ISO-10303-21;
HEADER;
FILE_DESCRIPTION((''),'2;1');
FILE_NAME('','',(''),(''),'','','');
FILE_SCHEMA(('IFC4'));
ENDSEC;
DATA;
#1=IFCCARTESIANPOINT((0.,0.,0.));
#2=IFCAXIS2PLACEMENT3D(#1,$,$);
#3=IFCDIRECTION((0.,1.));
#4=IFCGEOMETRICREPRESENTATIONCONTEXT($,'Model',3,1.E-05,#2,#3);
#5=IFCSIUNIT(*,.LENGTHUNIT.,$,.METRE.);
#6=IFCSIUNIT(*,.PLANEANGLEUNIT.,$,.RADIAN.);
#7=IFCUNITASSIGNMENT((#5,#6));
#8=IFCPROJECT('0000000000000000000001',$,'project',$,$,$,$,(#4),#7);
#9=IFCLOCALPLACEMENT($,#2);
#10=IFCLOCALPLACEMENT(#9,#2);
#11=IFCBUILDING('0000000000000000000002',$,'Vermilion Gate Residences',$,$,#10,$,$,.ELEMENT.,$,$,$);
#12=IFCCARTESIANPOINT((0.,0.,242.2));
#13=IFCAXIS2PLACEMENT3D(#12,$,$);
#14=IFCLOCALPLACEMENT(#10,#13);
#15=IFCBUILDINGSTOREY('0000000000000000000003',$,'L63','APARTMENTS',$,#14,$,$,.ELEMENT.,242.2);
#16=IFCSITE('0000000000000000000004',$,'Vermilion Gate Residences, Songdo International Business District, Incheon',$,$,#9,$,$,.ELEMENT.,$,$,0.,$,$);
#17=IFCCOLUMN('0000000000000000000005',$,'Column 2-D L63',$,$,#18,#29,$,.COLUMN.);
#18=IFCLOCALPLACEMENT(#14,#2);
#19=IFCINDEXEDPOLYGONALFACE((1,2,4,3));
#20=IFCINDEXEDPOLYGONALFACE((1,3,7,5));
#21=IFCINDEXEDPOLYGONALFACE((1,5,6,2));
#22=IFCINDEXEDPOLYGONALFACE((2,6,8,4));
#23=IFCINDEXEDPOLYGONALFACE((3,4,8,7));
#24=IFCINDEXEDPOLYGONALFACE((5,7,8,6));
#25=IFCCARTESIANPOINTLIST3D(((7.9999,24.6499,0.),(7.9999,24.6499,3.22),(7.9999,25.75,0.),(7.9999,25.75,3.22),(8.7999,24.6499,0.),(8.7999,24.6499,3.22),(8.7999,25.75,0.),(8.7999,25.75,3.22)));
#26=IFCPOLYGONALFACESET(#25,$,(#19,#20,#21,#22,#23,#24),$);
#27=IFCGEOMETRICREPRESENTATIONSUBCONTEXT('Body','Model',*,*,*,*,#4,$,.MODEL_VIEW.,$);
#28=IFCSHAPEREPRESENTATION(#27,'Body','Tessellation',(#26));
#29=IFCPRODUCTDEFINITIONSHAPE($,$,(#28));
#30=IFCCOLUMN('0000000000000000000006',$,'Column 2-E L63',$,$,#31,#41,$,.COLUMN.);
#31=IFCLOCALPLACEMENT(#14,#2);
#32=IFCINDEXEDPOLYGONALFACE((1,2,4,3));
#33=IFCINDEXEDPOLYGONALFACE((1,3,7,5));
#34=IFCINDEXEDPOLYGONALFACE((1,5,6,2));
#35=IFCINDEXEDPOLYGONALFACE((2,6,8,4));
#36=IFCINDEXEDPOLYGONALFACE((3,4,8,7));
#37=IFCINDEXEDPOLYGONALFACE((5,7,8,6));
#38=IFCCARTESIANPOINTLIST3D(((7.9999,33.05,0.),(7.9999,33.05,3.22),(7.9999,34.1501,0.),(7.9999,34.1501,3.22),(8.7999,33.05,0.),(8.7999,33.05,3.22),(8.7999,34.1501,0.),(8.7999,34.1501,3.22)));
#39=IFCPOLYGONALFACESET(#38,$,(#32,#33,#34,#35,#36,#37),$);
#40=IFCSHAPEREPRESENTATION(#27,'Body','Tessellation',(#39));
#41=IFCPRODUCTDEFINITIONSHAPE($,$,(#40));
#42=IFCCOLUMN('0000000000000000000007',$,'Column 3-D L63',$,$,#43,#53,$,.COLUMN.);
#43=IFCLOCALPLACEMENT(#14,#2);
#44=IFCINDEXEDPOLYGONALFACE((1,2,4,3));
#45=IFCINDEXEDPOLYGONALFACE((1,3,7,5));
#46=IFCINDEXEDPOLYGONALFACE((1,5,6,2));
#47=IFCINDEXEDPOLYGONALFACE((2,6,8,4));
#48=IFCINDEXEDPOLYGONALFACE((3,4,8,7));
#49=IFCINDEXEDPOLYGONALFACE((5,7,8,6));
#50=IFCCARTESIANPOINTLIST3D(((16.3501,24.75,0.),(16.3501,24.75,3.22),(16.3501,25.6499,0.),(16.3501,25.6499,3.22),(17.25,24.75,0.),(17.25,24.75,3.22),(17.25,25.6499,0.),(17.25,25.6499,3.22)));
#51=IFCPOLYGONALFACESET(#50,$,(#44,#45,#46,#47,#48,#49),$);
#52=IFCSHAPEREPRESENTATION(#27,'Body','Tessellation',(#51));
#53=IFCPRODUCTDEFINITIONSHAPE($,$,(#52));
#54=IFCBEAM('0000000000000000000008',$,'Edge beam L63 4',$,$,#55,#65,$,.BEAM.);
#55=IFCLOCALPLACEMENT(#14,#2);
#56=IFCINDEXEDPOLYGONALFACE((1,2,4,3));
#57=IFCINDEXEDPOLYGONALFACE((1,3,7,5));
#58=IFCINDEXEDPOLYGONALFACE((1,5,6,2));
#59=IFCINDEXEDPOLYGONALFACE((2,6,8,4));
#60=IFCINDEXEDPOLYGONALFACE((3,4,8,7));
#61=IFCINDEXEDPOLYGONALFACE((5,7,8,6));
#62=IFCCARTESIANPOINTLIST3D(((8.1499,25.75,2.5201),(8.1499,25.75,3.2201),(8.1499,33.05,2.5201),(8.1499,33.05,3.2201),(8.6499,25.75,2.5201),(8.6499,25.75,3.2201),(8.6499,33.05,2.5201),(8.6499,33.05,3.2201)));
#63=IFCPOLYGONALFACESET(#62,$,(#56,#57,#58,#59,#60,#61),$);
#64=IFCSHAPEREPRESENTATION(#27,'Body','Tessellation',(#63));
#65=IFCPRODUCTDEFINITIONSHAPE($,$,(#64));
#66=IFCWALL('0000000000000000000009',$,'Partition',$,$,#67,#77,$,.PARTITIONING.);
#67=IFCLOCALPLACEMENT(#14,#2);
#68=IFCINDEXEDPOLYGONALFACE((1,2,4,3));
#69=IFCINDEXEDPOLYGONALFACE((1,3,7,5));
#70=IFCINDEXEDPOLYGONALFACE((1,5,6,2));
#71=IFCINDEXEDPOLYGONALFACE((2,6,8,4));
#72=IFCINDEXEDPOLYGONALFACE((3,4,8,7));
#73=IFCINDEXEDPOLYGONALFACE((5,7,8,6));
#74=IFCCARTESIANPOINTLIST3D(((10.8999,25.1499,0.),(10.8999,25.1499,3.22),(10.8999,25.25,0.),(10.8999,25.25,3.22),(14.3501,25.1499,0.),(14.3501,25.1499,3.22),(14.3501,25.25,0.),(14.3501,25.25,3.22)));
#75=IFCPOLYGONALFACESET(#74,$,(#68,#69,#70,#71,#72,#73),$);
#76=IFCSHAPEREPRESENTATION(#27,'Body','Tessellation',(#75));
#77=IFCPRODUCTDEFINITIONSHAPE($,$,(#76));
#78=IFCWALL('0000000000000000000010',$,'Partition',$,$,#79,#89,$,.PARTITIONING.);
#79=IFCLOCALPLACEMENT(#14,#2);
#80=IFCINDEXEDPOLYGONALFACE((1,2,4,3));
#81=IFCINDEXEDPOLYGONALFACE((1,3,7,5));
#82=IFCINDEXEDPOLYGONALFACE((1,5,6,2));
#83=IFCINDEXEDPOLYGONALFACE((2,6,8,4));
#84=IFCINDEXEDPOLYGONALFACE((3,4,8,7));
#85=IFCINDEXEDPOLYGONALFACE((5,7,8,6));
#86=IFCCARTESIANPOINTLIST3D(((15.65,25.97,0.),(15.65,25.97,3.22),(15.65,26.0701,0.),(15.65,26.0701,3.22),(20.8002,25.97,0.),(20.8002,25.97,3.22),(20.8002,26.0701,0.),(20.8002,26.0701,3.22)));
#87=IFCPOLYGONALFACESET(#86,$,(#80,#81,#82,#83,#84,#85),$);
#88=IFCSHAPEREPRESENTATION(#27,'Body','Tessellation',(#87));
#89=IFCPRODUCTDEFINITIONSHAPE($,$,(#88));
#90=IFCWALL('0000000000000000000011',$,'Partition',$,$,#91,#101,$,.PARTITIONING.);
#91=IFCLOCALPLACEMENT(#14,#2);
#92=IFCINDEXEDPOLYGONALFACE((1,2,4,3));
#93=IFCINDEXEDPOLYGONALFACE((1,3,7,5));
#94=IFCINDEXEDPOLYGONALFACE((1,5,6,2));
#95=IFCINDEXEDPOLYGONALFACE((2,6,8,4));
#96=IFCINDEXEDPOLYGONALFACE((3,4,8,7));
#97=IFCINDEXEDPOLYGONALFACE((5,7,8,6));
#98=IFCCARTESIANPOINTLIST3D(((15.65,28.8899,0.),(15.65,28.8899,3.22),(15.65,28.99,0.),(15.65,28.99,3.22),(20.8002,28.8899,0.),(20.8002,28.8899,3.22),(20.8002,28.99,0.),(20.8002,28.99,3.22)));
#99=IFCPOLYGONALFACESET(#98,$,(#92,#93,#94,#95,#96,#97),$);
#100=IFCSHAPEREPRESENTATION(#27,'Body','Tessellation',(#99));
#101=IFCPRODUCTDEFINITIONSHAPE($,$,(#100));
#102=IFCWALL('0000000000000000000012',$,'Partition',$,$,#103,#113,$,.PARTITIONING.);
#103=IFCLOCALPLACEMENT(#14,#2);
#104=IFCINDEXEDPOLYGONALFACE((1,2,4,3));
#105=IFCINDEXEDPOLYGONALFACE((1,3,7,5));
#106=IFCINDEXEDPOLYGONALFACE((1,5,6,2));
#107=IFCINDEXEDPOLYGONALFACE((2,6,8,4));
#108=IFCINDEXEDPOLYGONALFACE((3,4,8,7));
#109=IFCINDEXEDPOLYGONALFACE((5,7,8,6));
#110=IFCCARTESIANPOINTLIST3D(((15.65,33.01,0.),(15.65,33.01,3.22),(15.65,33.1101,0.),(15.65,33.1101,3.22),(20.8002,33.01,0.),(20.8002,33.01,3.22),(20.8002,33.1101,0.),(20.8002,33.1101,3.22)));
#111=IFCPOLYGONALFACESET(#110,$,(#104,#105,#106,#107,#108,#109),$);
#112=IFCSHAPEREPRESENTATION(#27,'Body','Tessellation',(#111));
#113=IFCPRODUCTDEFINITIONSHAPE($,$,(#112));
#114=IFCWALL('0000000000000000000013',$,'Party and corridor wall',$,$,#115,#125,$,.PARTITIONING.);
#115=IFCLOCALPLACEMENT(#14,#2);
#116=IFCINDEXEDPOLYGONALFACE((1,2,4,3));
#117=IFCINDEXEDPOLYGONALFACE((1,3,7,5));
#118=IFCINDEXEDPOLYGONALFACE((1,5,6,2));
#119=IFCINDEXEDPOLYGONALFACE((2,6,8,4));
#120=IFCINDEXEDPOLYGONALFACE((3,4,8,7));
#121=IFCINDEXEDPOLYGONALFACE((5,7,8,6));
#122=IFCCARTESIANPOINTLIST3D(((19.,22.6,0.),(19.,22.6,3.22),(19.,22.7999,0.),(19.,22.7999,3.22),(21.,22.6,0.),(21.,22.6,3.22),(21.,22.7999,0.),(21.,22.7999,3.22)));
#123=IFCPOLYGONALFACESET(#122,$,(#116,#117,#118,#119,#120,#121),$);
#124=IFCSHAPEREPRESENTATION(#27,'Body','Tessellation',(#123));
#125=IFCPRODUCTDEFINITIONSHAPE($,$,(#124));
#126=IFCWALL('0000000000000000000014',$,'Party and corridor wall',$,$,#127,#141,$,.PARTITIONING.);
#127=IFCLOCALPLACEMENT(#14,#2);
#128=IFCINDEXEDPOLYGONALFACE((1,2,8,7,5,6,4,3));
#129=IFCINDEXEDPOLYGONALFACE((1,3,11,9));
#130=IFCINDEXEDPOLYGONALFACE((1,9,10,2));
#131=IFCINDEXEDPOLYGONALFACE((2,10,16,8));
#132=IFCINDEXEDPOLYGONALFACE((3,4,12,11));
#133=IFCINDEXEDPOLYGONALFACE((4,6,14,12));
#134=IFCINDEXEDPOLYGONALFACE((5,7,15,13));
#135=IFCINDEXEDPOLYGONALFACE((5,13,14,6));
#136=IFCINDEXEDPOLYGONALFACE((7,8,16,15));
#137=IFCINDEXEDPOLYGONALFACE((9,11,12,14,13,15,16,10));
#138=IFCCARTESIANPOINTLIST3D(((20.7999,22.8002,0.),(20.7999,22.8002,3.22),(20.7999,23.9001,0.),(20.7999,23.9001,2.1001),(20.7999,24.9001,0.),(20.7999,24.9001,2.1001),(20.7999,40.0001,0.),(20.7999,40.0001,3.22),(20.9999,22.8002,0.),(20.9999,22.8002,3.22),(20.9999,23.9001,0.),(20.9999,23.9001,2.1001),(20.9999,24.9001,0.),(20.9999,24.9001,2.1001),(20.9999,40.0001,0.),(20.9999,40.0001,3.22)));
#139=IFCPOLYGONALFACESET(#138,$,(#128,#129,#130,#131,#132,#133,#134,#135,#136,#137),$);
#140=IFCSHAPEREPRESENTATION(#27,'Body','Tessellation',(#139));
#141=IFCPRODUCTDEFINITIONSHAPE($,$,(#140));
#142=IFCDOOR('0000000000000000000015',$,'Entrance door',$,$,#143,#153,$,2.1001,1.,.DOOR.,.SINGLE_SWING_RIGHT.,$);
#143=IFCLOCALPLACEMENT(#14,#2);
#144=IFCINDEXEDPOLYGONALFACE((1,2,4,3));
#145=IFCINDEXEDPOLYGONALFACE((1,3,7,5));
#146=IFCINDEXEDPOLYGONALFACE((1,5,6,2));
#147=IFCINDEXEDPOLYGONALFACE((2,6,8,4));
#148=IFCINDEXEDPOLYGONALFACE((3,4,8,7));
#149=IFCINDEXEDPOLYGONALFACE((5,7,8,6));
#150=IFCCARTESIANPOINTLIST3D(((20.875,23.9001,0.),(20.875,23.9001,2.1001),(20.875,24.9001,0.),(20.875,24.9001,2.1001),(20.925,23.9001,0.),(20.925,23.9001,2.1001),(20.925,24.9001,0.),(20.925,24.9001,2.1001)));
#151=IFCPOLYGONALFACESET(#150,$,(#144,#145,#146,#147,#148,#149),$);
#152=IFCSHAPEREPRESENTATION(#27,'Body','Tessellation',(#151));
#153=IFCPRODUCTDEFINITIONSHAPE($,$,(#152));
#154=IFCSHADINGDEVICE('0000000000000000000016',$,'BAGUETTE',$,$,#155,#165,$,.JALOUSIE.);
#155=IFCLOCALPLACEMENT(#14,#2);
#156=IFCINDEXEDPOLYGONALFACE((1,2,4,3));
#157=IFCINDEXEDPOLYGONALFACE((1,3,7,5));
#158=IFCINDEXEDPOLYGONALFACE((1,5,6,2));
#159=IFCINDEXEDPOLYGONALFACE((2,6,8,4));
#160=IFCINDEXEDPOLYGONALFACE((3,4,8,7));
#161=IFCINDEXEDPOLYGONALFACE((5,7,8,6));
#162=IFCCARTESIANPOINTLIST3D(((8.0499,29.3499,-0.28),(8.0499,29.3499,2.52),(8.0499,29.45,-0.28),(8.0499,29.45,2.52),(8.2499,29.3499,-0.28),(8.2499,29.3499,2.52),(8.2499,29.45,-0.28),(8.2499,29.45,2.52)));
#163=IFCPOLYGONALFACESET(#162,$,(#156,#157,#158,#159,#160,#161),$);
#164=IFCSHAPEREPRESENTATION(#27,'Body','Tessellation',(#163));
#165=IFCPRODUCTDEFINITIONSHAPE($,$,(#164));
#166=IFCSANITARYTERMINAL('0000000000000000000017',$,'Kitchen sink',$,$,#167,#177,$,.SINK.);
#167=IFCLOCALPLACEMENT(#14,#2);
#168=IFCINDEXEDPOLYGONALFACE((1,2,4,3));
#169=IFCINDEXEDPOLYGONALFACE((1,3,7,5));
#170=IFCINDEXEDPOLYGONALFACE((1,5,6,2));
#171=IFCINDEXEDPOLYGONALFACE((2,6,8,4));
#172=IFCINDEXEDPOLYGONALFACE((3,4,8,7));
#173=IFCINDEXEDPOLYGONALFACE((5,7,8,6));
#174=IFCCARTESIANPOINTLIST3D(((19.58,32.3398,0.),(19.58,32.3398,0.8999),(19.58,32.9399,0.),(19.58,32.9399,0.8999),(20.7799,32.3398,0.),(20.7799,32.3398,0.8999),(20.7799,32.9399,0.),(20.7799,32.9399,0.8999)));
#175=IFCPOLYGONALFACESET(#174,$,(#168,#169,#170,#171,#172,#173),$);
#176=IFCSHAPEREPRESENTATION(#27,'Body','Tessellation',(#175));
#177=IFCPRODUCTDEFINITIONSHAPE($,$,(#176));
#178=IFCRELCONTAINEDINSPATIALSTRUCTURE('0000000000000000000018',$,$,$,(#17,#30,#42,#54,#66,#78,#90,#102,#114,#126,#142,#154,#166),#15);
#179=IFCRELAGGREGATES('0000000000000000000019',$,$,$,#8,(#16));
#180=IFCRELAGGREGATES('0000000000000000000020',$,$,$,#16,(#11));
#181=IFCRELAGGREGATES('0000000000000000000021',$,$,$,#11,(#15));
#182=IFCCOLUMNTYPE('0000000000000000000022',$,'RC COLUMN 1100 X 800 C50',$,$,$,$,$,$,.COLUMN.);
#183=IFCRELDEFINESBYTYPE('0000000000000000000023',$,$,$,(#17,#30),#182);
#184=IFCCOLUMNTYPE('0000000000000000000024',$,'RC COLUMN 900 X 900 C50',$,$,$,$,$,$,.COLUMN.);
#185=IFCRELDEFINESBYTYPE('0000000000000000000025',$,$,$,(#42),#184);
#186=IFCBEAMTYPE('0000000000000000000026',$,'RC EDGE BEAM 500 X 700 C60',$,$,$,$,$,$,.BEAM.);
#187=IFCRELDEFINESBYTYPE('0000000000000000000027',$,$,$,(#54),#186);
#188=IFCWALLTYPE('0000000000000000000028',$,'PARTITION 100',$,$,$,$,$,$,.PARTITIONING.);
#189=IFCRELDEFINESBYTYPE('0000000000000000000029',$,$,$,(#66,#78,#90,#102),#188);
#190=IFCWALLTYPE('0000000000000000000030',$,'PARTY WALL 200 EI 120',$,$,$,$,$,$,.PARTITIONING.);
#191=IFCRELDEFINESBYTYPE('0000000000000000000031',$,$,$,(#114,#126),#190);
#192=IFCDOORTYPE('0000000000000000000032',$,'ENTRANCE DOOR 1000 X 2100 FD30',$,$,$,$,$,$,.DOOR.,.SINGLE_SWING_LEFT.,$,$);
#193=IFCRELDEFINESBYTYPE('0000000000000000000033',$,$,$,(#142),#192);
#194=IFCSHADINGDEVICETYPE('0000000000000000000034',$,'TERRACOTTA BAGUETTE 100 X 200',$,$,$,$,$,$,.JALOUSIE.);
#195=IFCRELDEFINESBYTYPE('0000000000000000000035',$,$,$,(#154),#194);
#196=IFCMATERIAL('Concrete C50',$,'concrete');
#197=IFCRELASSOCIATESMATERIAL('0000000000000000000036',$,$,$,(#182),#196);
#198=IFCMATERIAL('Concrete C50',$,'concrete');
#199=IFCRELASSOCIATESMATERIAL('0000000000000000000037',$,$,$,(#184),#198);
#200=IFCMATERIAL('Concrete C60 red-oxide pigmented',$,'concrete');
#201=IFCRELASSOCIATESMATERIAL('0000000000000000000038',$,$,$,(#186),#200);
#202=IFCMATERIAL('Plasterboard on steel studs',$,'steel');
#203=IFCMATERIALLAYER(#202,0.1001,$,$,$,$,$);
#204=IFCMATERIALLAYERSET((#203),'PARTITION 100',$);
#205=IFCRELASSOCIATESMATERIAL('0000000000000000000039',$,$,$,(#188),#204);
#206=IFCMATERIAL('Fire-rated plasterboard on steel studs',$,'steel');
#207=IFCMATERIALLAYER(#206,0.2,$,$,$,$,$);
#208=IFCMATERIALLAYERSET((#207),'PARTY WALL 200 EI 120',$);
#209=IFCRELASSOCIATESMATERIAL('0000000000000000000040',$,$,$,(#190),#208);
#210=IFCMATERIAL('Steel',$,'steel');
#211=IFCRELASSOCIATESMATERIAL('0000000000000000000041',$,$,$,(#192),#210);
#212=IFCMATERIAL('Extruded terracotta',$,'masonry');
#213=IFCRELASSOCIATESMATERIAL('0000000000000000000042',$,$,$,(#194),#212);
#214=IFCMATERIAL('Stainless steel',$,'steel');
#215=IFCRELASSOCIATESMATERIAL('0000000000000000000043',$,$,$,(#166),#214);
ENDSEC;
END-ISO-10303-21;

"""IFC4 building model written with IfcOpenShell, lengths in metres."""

from ifc_helpers import new_model, si_unit, direction, frame, frame_2d, origin, origin_2d, place, context, subcontext, project, spatial, rectangle, extrude, material, layer, layer_set, material_profile, profile_set, type_object, element, fill, save


model = new_model("IFC4")

# Units and contexts
model_context = context("Model", 3, precision=1e-05, world=origin(), true_north=direction((0.0, 1.0)))
body_context = subcontext(model_context, "Body", "Model", "MODEL_VIEW")
ifc_project = project(units=[si_unit("LENGTHUNIT", "METRE"), si_unit("PLANEANGLEUNIT", "RADIAN")], contexts=[model_context])

# Site, building, storey
site_placement = place(None, origin())
site = spatial("IfcSite", under=ifc_project, at=site_placement, Name="Vermilion Gate Residences, Songdo International Business District, Incheon", CompositionType="ELEMENT", RefElevation=0.0)
building_placement = place(site_placement, origin())
building = spatial("IfcBuilding", under=site, at=building_placement, Name="Vermilion Gate Residences", CompositionType="ELEMENT")
storey_placement = place(building_placement, frame((0.0, 0.0, 242.2)))
storey = spatial("IfcBuildingStorey", under=building, at=storey_placement, Name="L63", Description="APARTMENTS", CompositionType="ELEMENT", Elevation=242.2)

# Columns
ifc_material_1 = material(Name="Concrete C50", Category="concrete")
ifc_material_profile_1 = material_profile(ifc_material_1, rectangle(XDim=1.1001, YDim=0.8, at=origin_2d()), Name="RC-1100x800")
ifc_profile_set_1 = profile_set([ifc_material_profile_1], Name="Concrete C50")
column_type_1 = type_object("IfcColumnType", Name="RC COLUMN 1100 X 800 C50", PredefinedType="COLUMN", material=ifc_profile_set_1)
for number, where, z_axis, x_axis, name in (
    (1, (8.3999, 25.2, 0.0), (0.0, 0.0, 1.0), (0.0, 1.0, 0.0), "Column 2-D L63"),
    (2, (8.3999, 33.6001, 0.0), (0.0, 0.0, 1.0), (0.0, 1.0, 0.0), "Column 2-E L63"),
):
    element("IfcColumn", number, at=place(storey_placement, frame(where, z_axis=z_axis, x_axis=x_axis)), inside=storey, type_object=column_type_1, Name=name, PredefinedType="COLUMN", context=body_context, shape_type="SweptSolid", body=[
        extrude(rectangle(XDim=1.1001, YDim=0.8, at=origin_2d()), origin(), (0.0, 0.0, 1.0), 3.22),
    ])
ifc_material_2 = material(Name="Concrete C50", Category="concrete")
ifc_material_profile_2 = material_profile(ifc_material_2, rectangle(XDim=0.8999, YDim=0.8999, at=origin_2d()), Name="RC-900x900")
ifc_profile_set_2 = profile_set([ifc_material_profile_2], Name="Concrete C50")
column_type_2 = type_object("IfcColumnType", Name="RC COLUMN 900 X 900 C50", PredefinedType="COLUMN", material=ifc_profile_set_2)
column_placement = place(storey_placement, frame((16.8, 25.2, 0.0), z_axis=(0.0, 0.0, 1.0), x_axis=(1.0, 0.0, 0.0)))
element("IfcColumn", 3, at=column_placement, inside=storey, type_object=column_type_2, Name="Column 3-D L63", PredefinedType="COLUMN", context=body_context, shape_type="SweptSolid", body=[
    extrude(rectangle(XDim=0.8999, YDim=0.8999, at=origin_2d()), origin(), (0.0, 0.0, 1.0), 3.22),
])

# Beam
ifc_material_3 = material(Name="Concrete C60 red-oxide pigmented", Category="concrete")
ifc_material_profile_3 = material_profile(ifc_material_3, rectangle(XDim=0.5, YDim=0.7, at=origin_2d()), Name="RC-500x700")
ifc_profile_set_3 = profile_set([ifc_material_profile_3], Name="Concrete C60 red-oxide pigmented")
beam_type = type_object("IfcBeamType", Name="RC EDGE BEAM 500 X 700 C60", PredefinedType="BEAM", material=ifc_profile_set_3)
beam_placement = place(storey_placement, frame((8.3999, 25.75, 2.8701), z_axis=(0.0, 1.0, 0.0), x_axis=(-1.0, 0.0, 0.0)))
element("IfcBeam", 4, at=beam_placement, inside=storey, type_object=beam_type, Name="Edge beam L63 4", PredefinedType="BEAM", context=body_context, shape_type="SweptSolid", body=[
    extrude(rectangle(XDim=0.5, YDim=0.7, at=origin_2d()), origin(), (0.0, 0.0, 1.0), 7.3),
])

# Walls
ifc_material_4 = material(Name="Plasterboard on steel studs", Category="steel")
ifc_layer_1 = layer(ifc_material_4, 0.1001)
ifc_layer_set_1 = layer_set([ifc_layer_1], Name="PARTITION 100")
wall_type_1 = type_object("IfcWallType", Name="PARTITION 100", PredefinedType="PARTITIONING", material=ifc_layer_set_1)
wall_1_placement = place(storey_placement, frame((10.8999, 25.2, 0.0), z_axis=(0.0, 0.0, 1.0), x_axis=(1.0, 0.0, 0.0)))
element("IfcWall", 5, at=wall_1_placement, inside=storey, type_object=wall_type_1, Name="Partition", PredefinedType="PARTITIONING", context=body_context, shape_type="SweptSolid", body=[
    extrude(rectangle(XDim=3.4502, YDim=0.1001, at=frame_2d((1.7251, 0.0))), origin(), (0.0, 0.0, 1.0), 3.22),
])
for number, where, z_axis, x_axis, name in (
    (6, (15.6499, 26.02, 0.0), (0.0, 0.0, 1.0), (1.0, 0.0, 0.0), "Partition"),
    (7, (15.6499, 28.9399, 0.0), (0.0, 0.0, 1.0), (1.0, 0.0, 0.0), "Partition"),
    (8, (15.6499, 33.0601, 0.0), (0.0, 0.0, 1.0), (1.0, 0.0, 0.0), "Partition"),
):
    element("IfcWall", number, at=place(storey_placement, frame(where, z_axis=z_axis, x_axis=x_axis)), inside=storey, type_object=wall_type_1, Name=name, PredefinedType="PARTITIONING", context=body_context, shape_type="SweptSolid", body=[
        extrude(rectangle(XDim=5.1501, YDim=0.1001, at=frame_2d((2.5752, 0.0))), origin(), (0.0, 0.0, 1.0), 3.22),
    ])
ifc_material_5 = material(Name="Fire-rated plasterboard on steel studs", Category="steel")
ifc_layer_2 = layer(ifc_material_5, 0.2)
ifc_layer_set_2 = layer_set([ifc_layer_2], Name="PARTY WALL 200 EI 120")
wall_type_2 = type_object("IfcWallType", Name="PARTY WALL 200 EI 120", PredefinedType="PARTITIONING", material=ifc_layer_set_2)
wall_2_placement = place(storey_placement, frame((19.0, 22.7, 0.0), z_axis=(0.0, 0.0, 1.0), x_axis=(1.0, 0.0, 0.0)))
element("IfcWall", 9, at=wall_2_placement, inside=storey, type_object=wall_type_2, Name="Party and corridor wall", PredefinedType="PARTITIONING", context=body_context, shape_type="SweptSolid", body=[
    extrude(rectangle(XDim=2.0, YDim=0.2, at=frame_2d((1.0, 0.0))), origin(), (0.0, 0.0, 1.0), 3.22),
])

# Wall, opening, door
wall_3_placement = place(storey_placement, frame((20.8999, 22.8, 0.0), z_axis=(0.0, 0.0, 1.0), x_axis=(0.0, 1.0, 0.0)))
wall_3 = element("IfcWall", 10, at=wall_3_placement, inside=storey, type_object=wall_type_2, Name="Party and corridor wall", PredefinedType="PARTITIONING", context=body_context, shape_type="SweptSolid", body=[
    extrude(rectangle(XDim=17.2, YDim=0.2, at=frame_2d((8.6001, 0.0))), origin(), (0.0, 0.0, 1.0), 3.22),
])
opening_placement = place(wall_3_placement, frame((1.1001, 0.0, 0.0)))
opening = element("IfcOpeningElement", 11, at=opening_placement, cuts=wall_3, PredefinedType="OPENING", context=body_context, shape_type="SweptSolid", body=[
    extrude(rectangle(XDim=1.0, YDim=2.1001, at=frame_2d((0.5, 1.05))), frame((0.0, 0.1099, 0.0), z_axis=(0.0, -1.0, 0.0), x_axis=(1.0, 0.0, 0.0)), (0.0, 0.0, 1.0), 0.22),
])
ifc_material_6 = material(Name="Steel", Category="steel")
door_type = type_object("IfcDoorType", Name="ENTRANCE DOOR 1000 X 2100 FD30", OperationType="SINGLE_SWING_LEFT", PredefinedType="DOOR", material=ifc_material_6)
door_placement = place(opening_placement, origin())
door = element("IfcDoor", 12, at=door_placement, inside=storey, type_object=door_type, Name="Entrance door", OperationType="SINGLE_SWING_RIGHT", OverallHeight=2.1001, OverallWidth=1.0, PredefinedType="DOOR", context=body_context, shape_type="SweptSolid", body=[
    extrude(rectangle(XDim=1.0, YDim=2.1001, at=frame_2d((0.5, 1.05))), frame((0.0, 0.0249, 0.0), z_axis=(0.0, -1.0, 0.0), x_axis=(1.0, 0.0, 0.0)), (0.0, 0.0, 1.0), 0.05),
])
fill(opening, door)

# Shading device
ifc_material_7 = material(Name="Extruded terracotta", Category="masonry")
ifc_material_profile_4 = material_profile(ifc_material_7, rectangle(XDim=0.2, YDim=0.1001, at=origin_2d()), Name="BAGUETTE 100 X 200")
ifc_profile_set_4 = profile_set([ifc_material_profile_4], Name="Extruded terracotta")
shading_device_type = type_object("IfcShadingDeviceType", Name="TERRACOTTA BAGUETTE 100 X 200", PredefinedType="JALOUSIE", material=ifc_profile_set_4)
shading_device_placement = place(storey_placement, frame((8.1499, 29.3999, -0.28), z_axis=(0.0, 0.0, 1.0), x_axis=(1.0, 0.0, 0.0)))
element("IfcShadingDevice", 13, at=shading_device_placement, inside=storey, type_object=shading_device_type, Name="BAGUETTE", PredefinedType="JALOUSIE", context=body_context, shape_type="SweptSolid", body=[
    extrude(rectangle(XDim=0.2, YDim=0.1001, at=origin_2d()), origin(), (0.0, 0.0, 1.0), 2.8),
])

# Sanitary terminal
ifc_material_8 = material(Name="Stainless steel", Category="steel")
sanitary_terminal_1_placement = place(storey_placement, frame((20.1799, 32.6399, 0.0), z_axis=(0.0, 0.0, 1.0), x_axis=(1.0, 0.0, 0.0)))
element("IfcSanitaryTerminal", 14, at=sanitary_terminal_1_placement, inside=storey, material=ifc_material_8, Name="Kitchen sink", PredefinedType="SINK", context=body_context, shape_type="SweptSolid", body=[
    extrude(rectangle(XDim=1.2, YDim=0.6001, at=origin_2d()), origin(), (0.0, 0.0, 1.0), 0.8999),
])

save(model, "model.ifc")
